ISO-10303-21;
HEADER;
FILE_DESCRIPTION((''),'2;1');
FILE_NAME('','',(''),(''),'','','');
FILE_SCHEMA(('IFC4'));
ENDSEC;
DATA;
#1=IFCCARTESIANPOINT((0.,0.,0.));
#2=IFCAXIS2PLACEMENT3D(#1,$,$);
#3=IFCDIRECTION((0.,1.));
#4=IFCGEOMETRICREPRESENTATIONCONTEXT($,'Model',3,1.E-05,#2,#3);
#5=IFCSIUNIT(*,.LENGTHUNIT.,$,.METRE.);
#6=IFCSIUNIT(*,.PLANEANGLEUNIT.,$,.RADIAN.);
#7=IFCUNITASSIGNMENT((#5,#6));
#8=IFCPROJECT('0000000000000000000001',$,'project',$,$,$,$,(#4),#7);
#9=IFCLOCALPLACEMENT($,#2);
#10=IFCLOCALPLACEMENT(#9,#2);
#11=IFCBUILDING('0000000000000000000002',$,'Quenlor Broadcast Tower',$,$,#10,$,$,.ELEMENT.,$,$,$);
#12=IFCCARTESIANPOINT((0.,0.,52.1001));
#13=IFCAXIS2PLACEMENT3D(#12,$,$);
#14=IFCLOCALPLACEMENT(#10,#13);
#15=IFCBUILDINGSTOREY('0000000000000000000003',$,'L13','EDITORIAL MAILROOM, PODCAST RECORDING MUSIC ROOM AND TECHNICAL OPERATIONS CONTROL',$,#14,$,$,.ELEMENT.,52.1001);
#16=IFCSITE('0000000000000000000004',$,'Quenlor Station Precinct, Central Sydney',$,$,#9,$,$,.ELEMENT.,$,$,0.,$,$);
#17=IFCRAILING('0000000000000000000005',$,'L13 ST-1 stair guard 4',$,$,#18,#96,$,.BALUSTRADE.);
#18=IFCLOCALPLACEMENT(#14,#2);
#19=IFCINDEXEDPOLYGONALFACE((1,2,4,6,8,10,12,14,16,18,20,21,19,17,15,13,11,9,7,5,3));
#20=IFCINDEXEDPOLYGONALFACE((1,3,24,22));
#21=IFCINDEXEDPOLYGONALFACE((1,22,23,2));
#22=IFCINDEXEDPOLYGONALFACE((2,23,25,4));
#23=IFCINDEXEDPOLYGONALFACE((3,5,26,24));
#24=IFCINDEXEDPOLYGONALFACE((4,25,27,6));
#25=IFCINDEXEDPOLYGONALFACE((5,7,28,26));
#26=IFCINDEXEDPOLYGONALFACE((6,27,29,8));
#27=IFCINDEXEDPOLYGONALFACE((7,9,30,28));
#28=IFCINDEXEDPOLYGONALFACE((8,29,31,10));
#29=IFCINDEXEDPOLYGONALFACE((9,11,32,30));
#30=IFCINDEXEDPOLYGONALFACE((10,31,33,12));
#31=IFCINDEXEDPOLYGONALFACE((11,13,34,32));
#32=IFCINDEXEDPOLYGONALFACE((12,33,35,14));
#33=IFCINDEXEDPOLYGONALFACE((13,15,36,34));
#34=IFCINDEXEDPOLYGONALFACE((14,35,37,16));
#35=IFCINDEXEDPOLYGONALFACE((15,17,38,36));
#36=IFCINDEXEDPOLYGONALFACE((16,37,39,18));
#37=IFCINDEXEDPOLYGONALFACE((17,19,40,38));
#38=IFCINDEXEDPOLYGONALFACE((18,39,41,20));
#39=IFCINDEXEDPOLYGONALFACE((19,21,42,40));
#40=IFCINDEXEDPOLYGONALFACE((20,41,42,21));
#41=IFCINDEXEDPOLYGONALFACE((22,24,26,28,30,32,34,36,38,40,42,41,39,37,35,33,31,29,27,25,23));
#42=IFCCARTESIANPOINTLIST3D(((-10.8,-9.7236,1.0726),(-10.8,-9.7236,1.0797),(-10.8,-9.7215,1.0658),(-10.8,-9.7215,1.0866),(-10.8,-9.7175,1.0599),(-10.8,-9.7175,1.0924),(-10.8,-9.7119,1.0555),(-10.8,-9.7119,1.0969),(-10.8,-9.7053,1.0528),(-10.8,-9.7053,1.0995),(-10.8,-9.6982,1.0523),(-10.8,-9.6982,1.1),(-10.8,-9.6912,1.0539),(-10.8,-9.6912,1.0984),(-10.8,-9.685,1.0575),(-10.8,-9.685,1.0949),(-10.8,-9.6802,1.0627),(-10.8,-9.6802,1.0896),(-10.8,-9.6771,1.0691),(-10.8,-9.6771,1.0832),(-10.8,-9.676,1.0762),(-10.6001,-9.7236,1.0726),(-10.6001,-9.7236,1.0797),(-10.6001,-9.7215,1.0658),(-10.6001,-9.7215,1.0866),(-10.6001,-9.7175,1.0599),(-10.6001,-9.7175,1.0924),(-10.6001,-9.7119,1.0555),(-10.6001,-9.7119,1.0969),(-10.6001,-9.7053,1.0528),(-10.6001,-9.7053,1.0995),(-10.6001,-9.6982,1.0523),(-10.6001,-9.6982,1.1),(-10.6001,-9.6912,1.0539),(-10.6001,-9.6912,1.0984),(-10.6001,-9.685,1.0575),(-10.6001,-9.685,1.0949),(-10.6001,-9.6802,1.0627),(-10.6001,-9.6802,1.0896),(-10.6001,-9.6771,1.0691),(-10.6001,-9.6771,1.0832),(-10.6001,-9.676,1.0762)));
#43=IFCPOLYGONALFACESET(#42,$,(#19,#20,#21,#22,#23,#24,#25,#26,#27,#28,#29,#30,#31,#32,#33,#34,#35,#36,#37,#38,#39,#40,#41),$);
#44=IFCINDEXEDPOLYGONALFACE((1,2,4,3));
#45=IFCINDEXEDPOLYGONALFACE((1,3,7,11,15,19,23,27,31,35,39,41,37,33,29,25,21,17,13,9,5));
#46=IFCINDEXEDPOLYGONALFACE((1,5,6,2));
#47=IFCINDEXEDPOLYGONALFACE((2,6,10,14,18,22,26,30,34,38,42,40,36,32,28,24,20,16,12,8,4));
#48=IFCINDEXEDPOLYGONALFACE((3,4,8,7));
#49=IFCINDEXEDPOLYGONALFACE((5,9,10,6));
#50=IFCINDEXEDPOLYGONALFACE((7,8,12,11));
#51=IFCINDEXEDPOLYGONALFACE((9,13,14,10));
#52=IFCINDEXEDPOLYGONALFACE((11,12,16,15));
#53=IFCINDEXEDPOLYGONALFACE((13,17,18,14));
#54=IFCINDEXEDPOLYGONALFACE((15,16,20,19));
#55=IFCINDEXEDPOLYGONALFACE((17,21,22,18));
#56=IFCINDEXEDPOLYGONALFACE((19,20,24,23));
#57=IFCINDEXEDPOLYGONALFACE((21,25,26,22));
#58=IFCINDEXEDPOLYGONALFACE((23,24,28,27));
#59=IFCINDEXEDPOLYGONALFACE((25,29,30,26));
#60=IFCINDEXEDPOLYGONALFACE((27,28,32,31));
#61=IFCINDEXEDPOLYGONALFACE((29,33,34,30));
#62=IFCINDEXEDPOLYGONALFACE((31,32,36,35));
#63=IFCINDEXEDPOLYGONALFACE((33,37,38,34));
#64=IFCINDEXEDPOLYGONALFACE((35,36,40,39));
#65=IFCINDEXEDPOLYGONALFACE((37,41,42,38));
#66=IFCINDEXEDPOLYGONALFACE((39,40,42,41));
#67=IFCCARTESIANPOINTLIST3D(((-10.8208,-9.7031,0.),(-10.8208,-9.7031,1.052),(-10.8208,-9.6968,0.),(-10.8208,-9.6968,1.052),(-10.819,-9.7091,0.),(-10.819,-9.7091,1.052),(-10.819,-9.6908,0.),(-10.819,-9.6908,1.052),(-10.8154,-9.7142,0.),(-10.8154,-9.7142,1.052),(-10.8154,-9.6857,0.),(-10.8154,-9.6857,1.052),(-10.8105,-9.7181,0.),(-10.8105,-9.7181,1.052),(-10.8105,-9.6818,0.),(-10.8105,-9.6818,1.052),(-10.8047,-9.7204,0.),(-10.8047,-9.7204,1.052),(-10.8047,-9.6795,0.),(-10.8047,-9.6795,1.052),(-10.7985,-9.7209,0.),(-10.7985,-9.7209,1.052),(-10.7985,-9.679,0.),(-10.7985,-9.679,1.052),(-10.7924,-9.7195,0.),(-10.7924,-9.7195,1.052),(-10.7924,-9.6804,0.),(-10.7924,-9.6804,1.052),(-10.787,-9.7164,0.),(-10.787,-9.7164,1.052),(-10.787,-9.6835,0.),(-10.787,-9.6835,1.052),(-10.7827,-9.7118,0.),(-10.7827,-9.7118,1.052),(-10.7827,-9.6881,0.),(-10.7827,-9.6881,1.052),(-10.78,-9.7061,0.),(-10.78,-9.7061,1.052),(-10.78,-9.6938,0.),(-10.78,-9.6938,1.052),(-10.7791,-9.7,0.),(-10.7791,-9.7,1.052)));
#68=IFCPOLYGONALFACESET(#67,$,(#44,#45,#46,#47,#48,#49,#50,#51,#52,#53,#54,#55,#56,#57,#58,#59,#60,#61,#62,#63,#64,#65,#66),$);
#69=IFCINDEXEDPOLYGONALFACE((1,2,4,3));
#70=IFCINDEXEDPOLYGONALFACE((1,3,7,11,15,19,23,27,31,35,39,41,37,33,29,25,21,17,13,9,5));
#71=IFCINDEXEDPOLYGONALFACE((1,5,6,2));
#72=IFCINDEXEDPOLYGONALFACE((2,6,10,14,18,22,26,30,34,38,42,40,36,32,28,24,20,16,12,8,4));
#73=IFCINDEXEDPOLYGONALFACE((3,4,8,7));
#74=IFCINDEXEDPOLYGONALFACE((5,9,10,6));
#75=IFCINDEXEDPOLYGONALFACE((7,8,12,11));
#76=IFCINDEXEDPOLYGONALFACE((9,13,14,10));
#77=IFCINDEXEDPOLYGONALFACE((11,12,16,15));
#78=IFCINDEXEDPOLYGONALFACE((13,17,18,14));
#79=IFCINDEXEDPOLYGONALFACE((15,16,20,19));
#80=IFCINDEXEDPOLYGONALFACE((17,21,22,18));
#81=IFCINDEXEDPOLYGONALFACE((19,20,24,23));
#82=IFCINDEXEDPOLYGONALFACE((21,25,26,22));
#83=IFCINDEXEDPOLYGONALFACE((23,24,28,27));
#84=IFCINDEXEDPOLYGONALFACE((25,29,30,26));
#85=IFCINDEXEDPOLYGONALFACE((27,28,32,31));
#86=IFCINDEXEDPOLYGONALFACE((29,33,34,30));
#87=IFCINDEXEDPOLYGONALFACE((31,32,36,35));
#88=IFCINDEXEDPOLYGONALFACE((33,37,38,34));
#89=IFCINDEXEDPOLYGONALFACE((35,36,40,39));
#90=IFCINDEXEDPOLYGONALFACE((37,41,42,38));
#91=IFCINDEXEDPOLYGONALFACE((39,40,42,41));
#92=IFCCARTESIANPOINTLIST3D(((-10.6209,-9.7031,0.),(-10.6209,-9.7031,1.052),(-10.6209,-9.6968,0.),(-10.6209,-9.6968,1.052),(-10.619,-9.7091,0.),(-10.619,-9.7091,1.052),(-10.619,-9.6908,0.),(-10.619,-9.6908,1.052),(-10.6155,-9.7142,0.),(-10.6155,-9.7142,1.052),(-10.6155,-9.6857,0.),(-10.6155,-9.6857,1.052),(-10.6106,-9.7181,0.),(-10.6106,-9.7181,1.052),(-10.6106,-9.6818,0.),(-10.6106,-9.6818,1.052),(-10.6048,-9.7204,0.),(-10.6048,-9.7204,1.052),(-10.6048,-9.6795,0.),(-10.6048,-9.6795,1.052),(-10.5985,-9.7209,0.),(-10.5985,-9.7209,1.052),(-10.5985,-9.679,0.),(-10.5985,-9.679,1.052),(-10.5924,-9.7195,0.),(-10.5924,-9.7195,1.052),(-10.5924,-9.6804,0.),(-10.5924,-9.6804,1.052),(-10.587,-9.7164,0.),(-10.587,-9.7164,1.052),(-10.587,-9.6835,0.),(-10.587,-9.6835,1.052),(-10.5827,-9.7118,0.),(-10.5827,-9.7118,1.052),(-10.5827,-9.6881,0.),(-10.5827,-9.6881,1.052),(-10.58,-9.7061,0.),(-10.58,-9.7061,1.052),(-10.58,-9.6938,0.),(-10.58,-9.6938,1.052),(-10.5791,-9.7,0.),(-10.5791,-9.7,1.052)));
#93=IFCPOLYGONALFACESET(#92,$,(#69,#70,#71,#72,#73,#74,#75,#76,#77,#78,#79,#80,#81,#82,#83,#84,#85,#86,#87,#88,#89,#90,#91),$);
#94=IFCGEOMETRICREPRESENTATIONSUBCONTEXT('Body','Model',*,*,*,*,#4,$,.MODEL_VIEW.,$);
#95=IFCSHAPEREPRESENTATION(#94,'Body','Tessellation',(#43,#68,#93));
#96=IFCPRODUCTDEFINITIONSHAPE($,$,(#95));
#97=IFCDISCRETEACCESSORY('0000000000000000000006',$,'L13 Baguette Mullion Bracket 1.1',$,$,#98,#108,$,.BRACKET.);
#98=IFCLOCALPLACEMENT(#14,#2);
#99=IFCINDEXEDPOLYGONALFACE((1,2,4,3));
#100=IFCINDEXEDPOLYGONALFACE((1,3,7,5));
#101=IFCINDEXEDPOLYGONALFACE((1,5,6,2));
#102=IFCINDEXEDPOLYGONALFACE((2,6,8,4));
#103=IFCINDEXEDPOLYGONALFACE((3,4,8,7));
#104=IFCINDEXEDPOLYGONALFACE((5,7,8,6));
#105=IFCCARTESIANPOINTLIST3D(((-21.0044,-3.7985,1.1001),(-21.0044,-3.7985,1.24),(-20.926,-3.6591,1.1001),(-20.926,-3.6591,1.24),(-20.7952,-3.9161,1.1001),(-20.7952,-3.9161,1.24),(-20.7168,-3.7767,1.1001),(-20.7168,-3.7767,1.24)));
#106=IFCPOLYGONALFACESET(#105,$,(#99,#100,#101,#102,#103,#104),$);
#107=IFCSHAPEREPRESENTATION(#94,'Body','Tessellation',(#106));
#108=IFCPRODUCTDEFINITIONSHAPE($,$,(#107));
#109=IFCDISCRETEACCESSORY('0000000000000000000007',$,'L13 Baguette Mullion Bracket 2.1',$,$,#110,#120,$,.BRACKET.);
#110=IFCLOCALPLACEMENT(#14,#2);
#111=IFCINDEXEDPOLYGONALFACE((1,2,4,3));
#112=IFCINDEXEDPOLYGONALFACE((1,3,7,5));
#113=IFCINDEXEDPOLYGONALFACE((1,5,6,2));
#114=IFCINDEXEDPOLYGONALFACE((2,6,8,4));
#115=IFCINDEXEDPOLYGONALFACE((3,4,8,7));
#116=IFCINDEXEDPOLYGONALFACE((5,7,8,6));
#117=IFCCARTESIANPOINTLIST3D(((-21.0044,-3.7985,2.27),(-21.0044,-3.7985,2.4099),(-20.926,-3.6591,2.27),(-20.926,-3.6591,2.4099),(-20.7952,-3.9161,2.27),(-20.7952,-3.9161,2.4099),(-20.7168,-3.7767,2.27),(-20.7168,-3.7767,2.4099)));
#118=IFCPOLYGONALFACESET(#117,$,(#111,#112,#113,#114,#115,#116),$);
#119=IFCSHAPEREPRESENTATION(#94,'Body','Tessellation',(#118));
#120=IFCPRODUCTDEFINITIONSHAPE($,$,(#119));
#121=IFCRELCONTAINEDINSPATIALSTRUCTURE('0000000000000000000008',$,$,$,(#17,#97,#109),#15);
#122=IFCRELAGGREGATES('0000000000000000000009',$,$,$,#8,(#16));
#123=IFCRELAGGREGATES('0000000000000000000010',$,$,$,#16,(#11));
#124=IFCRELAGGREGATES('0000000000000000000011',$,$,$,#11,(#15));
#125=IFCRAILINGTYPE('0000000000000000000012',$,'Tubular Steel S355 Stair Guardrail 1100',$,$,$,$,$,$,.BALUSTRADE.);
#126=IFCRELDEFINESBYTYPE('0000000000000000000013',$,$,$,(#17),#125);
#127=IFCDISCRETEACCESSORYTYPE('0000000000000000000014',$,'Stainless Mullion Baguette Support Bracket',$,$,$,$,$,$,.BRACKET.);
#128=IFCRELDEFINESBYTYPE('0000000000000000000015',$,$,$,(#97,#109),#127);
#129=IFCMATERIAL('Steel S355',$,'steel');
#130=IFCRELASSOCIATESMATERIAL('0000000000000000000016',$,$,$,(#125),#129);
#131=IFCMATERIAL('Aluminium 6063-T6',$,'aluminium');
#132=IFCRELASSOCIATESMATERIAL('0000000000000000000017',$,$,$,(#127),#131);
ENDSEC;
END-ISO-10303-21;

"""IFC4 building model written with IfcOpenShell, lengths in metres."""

from ifc_helpers import new_model, si_unit, direction, frame, origin, origin_2d, place, context, subcontext, project, spatial, rectangle, circle, extrude, material, type_object, element, save


model = new_model("IFC4")

# Units and contexts
model_context = context("Model", 3, precision=1e-05, world=origin(), true_north=direction((0.0, 1.0)))
body_context = subcontext(model_context, "Body", "Model", "MODEL_VIEW")
ifc_project = project(units=[si_unit("LENGTHUNIT", "METRE"), si_unit("PLANEANGLEUNIT", "RADIAN")], contexts=[model_context])

# Site, building, storey
site_placement = place(None, origin())
site = spatial("IfcSite", under=ifc_project, at=site_placement, Name="Quenlor Station Precinct, Central Sydney", CompositionType="ELEMENT", RefElevation=0.0)
building_placement = place(site_placement, origin())
building = spatial("IfcBuilding", under=site, at=building_placement, Name="Quenlor Broadcast Tower", CompositionType="ELEMENT")
storey_placement = place(building_placement, frame((0.0, 0.0, 52.1001)))
storey = spatial("IfcBuildingStorey", under=building, at=storey_placement, Name="L13", Description="EDITORIAL MAILROOM, PODCAST RECORDING MUSIC ROOM AND TECHNICAL OPERATIONS CONTROL", CompositionType="ELEMENT", Elevation=52.1001)

# Railing
ifc_material_1 = material(Name="Steel S355", Category="steel")
railing_type_1 = type_object("IfcRailingType", Name="Tubular Steel S355 Stair Guardrail 1100", PredefinedType="BALUSTRADE", material=ifc_material_1)
railing_1_placement = place(storey_placement, frame((-10.8, -9.7, 0.0)))
element("IfcRailing", 1, at=railing_1_placement, inside=storey, type_object=railing_type_1, Name="L13 ST-1 stair guard 4", PredefinedType="BALUSTRADE", context=body_context, shape_type="SweptSolid", body=[
    extrude(circle(Radius=0.0239, at=origin_2d()), frame((0.0, 0.0, 1.0762), z_axis=(1.0, 0.0, 0.0), x_axis=(0.0, 1.0, 0.0)), (0.0, 0.0, 1.0), 0.2),
    extrude(circle(Radius=0.021, at=origin_2d()), origin(), (0.0, 0.0, 1.0), 1.052),
    extrude(circle(Radius=0.021, at=origin_2d()), frame((0.2, 0.0, 0.0)), (0.0, 0.0, 1.0), 1.052),
])

# Discrete accessories
ifc_material_2 = material(Name="Aluminium 6063-T6", Category="aluminium")
discrete_accessory_type = type_object("IfcDiscreteAccessoryType", Name="Stainless Mullion Baguette Support Bracket", PredefinedType="BRACKET", material=ifc_material_2)
for number, where, z_axis, x_axis, name in (
    (2, (-20.8606, -3.7876, 1.1001), (0.0, 0.0, 1.0), (0.490257, 0.871578, 0.0), "L13 Baguette Mullion Bracket 1.1"),
    (3, (-20.8606, -3.7876, 2.27), (0.0, 0.0, 1.0), (0.490257, 0.871578, 0.0), "L13 Baguette Mullion Bracket 2.1"),
):
    element("IfcDiscreteAccessory", number, at=place(storey_placement, frame(where, z_axis=z_axis, x_axis=x_axis)), inside=storey, type_object=discrete_accessory_type, Name=name, PredefinedType="BRACKET", context=body_context, shape_type="SweptSolid", body=[
        extrude(rectangle(XDim=0.1599, YDim=0.24, at=origin_2d()), origin(), (0.0, 0.0, 1.0), 0.1399),
    ])

save(model, "model.ifc")
